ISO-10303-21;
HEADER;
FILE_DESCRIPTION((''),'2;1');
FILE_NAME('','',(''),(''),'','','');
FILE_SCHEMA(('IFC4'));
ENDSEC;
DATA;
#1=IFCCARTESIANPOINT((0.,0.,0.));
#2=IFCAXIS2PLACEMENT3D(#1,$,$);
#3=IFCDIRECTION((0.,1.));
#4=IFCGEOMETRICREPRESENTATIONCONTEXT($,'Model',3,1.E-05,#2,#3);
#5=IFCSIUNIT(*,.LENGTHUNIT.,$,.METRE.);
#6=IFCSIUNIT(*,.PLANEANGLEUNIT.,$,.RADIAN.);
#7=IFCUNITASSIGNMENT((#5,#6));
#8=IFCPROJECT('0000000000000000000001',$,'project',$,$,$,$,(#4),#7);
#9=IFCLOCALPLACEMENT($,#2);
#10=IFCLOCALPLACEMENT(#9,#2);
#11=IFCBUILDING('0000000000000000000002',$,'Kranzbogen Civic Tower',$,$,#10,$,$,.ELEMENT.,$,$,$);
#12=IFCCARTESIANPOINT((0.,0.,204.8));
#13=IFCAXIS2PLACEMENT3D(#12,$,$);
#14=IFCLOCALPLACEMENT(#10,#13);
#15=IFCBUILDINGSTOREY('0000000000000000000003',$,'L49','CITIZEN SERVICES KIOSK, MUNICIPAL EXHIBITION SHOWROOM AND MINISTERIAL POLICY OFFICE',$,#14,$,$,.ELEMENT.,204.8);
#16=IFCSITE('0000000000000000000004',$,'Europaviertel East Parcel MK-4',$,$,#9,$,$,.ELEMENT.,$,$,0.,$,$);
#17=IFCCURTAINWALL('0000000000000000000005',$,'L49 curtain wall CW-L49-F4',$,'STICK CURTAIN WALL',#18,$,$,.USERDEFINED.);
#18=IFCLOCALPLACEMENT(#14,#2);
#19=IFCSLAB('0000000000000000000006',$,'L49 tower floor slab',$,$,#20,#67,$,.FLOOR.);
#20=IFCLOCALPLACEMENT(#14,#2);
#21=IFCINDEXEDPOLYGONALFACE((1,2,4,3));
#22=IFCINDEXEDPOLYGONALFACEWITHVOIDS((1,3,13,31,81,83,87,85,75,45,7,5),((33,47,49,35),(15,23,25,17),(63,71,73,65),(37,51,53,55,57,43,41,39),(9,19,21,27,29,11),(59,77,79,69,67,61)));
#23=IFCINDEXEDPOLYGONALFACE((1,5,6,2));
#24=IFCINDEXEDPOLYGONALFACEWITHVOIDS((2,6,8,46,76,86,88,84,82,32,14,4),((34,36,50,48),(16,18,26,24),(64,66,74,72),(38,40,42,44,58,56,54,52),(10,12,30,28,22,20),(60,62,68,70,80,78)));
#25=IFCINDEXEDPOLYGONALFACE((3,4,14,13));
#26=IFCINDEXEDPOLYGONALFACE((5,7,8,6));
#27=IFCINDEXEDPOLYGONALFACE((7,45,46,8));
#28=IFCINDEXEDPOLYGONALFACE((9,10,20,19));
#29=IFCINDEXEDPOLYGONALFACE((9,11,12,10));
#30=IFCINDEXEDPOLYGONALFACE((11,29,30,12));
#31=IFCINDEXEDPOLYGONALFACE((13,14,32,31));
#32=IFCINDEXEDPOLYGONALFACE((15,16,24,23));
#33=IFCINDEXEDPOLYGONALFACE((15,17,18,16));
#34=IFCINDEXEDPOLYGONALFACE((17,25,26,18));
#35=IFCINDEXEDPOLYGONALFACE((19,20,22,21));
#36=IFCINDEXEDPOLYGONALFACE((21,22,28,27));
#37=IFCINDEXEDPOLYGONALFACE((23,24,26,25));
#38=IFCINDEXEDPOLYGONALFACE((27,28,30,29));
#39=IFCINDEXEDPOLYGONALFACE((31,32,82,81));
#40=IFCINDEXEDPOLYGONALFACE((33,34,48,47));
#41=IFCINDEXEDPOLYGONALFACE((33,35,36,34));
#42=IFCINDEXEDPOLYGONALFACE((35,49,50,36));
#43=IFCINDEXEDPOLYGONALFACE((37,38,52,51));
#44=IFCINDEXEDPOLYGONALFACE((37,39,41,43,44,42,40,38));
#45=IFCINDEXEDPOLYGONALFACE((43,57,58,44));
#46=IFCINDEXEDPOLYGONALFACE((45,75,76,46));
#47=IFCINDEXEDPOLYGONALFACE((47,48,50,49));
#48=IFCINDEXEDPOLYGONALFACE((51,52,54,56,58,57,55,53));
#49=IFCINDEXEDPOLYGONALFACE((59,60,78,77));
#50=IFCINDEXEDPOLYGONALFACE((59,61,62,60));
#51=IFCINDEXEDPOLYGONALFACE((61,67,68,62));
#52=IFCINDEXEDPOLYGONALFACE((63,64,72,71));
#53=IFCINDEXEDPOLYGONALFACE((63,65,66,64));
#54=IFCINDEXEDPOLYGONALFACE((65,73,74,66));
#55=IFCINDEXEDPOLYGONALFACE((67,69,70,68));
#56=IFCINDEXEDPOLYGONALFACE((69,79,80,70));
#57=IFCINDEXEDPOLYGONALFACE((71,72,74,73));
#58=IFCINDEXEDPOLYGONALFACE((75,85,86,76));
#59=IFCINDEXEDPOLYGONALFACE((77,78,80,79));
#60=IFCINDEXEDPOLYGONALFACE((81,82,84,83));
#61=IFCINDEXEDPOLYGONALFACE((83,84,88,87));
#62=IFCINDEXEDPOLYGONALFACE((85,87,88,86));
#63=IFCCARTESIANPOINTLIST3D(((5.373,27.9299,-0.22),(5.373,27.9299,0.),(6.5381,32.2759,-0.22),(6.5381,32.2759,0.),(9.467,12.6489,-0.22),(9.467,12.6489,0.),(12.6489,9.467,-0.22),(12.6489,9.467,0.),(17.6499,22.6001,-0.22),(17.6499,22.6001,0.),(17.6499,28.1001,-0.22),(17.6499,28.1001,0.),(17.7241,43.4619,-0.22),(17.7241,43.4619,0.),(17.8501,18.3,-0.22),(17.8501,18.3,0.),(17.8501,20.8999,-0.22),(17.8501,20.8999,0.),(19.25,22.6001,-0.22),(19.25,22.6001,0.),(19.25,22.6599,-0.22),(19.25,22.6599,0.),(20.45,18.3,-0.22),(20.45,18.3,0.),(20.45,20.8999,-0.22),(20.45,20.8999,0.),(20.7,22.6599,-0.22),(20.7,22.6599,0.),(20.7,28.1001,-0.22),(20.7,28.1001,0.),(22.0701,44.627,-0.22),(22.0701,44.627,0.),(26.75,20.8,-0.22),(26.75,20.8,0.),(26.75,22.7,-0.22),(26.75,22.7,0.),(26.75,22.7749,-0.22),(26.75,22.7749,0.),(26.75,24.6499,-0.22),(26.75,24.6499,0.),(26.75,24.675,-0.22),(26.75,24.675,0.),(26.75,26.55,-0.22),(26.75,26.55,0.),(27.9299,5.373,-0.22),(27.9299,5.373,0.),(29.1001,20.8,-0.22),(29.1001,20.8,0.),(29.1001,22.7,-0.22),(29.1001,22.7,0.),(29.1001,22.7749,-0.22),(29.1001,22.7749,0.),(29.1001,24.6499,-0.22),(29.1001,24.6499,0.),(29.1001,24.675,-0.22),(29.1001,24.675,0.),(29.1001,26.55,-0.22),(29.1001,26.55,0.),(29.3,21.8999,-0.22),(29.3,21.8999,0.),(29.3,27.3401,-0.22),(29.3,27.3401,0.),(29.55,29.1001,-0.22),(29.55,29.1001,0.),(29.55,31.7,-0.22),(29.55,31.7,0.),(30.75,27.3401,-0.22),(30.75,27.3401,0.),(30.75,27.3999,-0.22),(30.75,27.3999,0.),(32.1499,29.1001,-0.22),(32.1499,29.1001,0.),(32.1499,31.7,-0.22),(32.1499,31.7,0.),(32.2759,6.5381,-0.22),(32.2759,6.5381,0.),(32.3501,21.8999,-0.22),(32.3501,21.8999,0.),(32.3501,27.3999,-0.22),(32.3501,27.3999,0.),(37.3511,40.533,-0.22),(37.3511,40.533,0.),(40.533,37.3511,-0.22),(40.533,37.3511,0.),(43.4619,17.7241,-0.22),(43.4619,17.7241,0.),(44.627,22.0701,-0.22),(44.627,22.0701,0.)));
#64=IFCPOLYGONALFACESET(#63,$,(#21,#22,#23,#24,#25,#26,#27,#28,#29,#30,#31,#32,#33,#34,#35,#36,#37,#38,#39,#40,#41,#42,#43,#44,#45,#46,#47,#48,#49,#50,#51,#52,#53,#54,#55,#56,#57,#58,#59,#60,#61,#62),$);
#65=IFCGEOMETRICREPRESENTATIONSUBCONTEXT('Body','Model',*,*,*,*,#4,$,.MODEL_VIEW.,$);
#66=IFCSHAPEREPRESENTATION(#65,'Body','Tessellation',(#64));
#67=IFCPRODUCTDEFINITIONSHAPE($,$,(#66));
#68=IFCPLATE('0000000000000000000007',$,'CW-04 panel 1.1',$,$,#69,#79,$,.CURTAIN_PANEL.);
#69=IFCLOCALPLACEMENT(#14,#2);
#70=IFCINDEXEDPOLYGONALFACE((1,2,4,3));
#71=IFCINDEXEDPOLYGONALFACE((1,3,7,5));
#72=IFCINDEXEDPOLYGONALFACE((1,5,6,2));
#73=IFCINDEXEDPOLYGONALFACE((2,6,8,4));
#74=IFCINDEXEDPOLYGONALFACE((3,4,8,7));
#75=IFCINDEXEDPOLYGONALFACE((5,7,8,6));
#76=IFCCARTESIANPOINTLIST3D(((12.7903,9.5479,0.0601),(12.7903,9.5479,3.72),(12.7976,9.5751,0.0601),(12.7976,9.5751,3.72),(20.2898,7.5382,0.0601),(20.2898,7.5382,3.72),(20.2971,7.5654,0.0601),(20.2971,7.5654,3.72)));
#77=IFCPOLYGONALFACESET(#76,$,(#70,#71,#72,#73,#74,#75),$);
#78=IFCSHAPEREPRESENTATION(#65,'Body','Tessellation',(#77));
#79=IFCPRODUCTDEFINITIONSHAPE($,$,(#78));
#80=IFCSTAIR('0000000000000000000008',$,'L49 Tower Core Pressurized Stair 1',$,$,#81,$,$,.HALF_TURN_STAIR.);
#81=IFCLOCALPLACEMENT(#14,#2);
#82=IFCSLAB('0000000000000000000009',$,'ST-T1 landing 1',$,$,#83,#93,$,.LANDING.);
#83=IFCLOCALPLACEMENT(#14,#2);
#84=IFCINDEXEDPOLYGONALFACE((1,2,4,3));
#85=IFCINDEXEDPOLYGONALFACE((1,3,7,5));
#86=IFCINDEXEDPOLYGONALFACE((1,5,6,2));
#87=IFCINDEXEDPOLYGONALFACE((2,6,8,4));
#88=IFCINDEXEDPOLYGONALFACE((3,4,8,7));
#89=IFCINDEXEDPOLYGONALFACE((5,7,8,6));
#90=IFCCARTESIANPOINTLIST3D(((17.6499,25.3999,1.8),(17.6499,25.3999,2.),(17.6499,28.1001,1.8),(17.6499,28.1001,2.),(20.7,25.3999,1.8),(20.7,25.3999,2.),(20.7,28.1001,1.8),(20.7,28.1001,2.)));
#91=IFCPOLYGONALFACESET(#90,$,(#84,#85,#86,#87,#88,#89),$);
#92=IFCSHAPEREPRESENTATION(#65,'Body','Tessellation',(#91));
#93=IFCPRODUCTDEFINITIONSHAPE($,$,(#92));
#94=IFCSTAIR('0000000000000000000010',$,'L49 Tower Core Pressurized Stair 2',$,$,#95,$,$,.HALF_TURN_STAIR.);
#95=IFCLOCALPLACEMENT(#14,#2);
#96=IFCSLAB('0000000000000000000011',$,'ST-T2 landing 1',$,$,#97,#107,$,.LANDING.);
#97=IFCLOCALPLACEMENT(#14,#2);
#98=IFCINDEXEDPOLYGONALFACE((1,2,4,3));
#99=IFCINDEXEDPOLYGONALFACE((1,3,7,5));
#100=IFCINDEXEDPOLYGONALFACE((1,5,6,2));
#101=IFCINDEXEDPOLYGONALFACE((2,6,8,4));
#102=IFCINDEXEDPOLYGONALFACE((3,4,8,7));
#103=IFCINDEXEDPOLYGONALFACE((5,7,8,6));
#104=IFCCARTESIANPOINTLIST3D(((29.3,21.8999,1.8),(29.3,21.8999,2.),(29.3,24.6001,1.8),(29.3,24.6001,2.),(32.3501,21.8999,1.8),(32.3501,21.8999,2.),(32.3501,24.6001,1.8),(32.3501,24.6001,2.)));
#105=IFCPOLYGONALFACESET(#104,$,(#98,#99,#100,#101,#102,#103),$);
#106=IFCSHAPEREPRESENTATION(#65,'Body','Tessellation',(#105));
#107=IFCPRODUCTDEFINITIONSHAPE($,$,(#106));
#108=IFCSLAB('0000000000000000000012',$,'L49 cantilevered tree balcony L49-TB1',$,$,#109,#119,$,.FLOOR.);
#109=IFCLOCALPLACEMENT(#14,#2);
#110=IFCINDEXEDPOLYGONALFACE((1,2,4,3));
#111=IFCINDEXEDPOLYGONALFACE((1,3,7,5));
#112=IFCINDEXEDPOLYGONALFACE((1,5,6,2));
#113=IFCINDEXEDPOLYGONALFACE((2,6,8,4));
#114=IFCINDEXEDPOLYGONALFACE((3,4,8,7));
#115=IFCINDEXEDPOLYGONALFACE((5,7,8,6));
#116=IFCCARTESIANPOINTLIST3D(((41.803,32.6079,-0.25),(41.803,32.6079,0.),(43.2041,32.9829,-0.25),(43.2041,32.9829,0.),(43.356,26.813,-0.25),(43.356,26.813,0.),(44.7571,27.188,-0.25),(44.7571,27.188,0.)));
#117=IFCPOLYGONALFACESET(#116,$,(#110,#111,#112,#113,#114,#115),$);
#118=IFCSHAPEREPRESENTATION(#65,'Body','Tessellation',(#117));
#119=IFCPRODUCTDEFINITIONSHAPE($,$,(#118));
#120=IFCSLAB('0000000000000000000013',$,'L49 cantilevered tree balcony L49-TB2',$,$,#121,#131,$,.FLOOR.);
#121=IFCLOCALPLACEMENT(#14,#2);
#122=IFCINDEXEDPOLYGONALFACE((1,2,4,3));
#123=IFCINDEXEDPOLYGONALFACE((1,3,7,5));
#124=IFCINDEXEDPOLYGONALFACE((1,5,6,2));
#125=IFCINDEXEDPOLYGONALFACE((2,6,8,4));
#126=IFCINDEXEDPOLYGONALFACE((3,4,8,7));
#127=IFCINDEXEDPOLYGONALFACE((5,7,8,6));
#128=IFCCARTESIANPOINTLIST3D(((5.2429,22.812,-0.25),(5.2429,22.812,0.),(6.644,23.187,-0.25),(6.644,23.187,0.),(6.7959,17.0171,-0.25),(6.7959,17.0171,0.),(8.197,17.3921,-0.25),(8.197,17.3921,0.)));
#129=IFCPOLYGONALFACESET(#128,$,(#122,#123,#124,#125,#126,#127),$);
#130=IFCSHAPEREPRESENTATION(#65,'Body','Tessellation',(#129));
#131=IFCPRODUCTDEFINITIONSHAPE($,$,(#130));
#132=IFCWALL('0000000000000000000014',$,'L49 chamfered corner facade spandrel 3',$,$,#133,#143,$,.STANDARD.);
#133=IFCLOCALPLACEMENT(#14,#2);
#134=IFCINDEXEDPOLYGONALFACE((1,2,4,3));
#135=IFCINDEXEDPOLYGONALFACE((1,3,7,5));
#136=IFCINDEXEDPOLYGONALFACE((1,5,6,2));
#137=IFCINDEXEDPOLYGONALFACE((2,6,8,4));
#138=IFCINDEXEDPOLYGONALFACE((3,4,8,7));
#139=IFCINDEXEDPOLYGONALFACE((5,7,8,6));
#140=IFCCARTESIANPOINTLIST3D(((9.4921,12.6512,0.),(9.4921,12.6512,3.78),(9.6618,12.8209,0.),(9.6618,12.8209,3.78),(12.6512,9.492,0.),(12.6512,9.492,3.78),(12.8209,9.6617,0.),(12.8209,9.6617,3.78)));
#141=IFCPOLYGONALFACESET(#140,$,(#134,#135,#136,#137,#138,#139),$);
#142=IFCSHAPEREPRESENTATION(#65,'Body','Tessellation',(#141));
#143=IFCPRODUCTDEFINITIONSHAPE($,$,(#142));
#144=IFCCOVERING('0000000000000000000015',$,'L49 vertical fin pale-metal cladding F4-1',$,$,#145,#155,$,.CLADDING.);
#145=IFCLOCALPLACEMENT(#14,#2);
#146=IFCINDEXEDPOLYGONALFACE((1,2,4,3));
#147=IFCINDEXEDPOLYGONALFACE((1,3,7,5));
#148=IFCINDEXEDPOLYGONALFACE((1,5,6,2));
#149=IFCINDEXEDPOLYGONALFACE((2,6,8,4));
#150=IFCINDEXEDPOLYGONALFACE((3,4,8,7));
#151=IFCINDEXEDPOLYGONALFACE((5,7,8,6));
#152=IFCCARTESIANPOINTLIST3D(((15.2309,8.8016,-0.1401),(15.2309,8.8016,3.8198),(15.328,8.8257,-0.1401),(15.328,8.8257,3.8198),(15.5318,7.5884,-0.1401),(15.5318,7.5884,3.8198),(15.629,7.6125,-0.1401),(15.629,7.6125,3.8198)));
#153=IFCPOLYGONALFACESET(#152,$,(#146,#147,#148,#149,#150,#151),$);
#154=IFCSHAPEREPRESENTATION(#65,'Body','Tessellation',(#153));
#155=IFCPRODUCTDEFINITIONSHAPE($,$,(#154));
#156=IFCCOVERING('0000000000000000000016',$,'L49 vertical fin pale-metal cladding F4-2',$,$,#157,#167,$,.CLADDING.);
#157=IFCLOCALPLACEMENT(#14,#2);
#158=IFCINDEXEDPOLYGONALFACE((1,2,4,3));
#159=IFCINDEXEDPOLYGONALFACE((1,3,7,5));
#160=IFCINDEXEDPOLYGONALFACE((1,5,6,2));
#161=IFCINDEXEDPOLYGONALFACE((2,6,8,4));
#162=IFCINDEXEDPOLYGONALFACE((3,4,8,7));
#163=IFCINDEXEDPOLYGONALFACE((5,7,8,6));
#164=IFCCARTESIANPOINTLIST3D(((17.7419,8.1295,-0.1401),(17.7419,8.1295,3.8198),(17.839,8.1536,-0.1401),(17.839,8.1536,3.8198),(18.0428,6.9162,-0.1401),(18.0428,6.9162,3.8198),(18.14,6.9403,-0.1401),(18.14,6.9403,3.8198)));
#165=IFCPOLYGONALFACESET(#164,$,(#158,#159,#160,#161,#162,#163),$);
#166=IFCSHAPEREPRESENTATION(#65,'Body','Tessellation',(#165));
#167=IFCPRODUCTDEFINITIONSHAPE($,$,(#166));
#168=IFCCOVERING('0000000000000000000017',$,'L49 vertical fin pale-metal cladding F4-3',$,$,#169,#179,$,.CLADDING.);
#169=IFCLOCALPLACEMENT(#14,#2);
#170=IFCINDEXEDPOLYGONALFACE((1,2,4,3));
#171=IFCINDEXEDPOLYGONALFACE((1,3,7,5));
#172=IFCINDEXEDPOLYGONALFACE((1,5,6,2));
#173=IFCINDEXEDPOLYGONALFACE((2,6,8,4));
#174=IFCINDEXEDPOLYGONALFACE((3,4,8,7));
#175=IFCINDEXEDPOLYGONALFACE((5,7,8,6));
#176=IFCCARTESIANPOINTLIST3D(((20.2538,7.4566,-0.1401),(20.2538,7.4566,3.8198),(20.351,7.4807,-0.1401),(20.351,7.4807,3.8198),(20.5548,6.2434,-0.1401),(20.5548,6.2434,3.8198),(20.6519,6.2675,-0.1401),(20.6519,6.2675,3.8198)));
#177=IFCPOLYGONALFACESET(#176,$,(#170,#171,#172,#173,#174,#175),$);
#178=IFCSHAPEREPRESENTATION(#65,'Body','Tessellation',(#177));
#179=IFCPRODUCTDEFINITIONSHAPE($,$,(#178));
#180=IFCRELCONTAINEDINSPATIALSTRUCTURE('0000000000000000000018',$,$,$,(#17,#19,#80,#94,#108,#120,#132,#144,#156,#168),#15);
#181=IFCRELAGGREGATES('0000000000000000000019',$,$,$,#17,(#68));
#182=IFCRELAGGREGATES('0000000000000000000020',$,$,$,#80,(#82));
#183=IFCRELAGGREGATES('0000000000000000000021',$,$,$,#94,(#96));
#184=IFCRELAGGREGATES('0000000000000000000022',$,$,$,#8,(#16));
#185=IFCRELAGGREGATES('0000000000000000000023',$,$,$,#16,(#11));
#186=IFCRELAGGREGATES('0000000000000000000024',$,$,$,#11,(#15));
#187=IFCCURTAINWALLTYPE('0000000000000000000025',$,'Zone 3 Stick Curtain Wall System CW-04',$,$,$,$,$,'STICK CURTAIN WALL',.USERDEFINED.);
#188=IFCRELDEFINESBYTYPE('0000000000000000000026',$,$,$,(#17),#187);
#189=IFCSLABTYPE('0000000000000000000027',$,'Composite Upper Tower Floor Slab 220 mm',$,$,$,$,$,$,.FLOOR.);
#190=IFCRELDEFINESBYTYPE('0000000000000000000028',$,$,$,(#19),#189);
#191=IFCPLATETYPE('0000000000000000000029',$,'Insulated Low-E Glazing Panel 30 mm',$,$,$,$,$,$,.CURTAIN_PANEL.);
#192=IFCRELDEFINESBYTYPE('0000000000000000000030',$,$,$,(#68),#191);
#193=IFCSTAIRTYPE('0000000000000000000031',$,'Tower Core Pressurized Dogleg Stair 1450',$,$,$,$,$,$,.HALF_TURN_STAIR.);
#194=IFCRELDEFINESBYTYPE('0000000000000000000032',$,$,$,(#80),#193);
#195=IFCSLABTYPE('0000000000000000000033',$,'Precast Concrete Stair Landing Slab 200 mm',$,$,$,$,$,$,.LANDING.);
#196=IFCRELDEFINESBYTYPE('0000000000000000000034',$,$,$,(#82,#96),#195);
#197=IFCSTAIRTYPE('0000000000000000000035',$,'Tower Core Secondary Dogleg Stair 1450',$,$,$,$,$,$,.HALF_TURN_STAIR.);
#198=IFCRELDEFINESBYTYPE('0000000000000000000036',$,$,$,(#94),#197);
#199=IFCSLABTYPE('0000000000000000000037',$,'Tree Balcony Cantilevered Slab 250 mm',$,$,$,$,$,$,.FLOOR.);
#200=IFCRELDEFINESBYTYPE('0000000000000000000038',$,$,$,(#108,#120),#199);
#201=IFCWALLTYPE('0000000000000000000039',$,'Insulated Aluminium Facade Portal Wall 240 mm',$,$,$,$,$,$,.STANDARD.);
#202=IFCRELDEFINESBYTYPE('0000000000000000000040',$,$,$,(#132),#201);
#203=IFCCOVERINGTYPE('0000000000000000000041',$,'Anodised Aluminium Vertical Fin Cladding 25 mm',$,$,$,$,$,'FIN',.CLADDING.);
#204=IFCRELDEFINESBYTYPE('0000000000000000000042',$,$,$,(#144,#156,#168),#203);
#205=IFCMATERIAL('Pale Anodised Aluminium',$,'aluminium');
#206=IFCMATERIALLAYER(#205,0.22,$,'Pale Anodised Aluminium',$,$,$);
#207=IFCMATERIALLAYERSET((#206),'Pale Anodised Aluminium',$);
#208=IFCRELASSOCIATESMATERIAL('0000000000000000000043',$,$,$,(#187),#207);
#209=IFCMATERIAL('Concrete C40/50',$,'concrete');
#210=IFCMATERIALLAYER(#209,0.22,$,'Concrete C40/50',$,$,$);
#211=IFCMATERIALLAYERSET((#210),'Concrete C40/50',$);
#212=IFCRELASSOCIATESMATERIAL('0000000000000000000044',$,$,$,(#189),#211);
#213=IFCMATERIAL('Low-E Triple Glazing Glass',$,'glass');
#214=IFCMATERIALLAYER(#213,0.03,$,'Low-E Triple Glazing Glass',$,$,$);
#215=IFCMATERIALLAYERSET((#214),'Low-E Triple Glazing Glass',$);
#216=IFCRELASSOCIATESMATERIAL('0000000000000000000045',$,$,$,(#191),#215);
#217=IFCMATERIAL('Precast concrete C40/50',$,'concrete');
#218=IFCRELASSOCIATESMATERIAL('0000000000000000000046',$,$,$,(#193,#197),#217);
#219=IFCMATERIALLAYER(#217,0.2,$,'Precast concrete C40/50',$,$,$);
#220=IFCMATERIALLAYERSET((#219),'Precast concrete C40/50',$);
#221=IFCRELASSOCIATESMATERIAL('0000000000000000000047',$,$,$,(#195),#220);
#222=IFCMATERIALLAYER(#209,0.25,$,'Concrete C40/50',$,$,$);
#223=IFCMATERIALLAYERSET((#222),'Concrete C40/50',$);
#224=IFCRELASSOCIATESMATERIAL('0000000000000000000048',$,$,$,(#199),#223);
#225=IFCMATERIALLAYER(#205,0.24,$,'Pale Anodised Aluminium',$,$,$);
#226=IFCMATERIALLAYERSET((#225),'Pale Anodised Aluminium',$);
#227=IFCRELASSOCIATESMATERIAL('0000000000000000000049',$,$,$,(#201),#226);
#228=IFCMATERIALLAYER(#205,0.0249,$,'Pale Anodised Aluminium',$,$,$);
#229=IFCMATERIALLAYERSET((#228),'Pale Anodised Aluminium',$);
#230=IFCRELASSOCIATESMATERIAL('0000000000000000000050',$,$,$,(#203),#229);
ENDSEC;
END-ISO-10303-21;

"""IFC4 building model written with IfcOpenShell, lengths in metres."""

from ifc_helpers import new_model, si_unit, direction, frame, frame_2d, origin, origin_2d, place, context, subcontext, project, spatial, polyline, rectangle, outline, extrude, material, layer, layer_set, type_object, element, aggregate, save


model = new_model("IFC4")

# Units and contexts
model_context = context("Model", 3, precision=1e-05, world=origin(), true_north=direction((0.0, 1.0)))
body_context = subcontext(model_context, "Body", "Model", "MODEL_VIEW")
ifc_project = project(units=[si_unit("LENGTHUNIT", "METRE"), si_unit("PLANEANGLEUNIT", "RADIAN")], contexts=[model_context])

# Site, building, storey
site_placement = place(None, origin())
site = spatial("IfcSite", under=ifc_project, at=site_placement, Name="Europaviertel East Parcel MK-4", CompositionType="ELEMENT", RefElevation=0.0)
building_placement = place(site_placement, origin())
building = spatial("IfcBuilding", under=site, at=building_placement, Name="Kranzbogen Civic Tower", CompositionType="ELEMENT")
storey_placement = place(building_placement, frame((0.0, 0.0, 204.8)))
storey = spatial("IfcBuildingStorey", under=building, at=storey_placement, Name="L49", Description="CITIZEN SERVICES KIOSK, MUNICIPAL EXHIBITION SHOWROOM AND MINISTERIAL POLICY OFFICE", CompositionType="ELEMENT", Elevation=204.8)

# Shared definitions
ifc_material_1 = material(Name="Pale Anodised Aluminium", Category="aluminium")
ifc_layer_1 = layer(ifc_material_1, 0.22, Name="Pale Anodised Aluminium")
ifc_layer_set_1 = layer_set([ifc_layer_1], Name="Pale Anodised Aluminium")
curtain_wall_type = type_object("IfcCurtainWallType", Name="Zone 3 Stick Curtain Wall System CW-04", ElementType="STICK CURTAIN WALL", PredefinedType="USERDEFINED", material=ifc_layer_set_1)

# Curtain wall
curtain_wall_1_placement = place(storey_placement, origin())
curtain_wall_1 = element("IfcCurtainWall", 1, at=curtain_wall_1_placement, inside=storey, type_object=curtain_wall_type, Name="L49 curtain wall CW-L49-F4", ObjectType="STICK CURTAIN WALL", PredefinedType="USERDEFINED")

# Slab
ifc_material_2 = material(Name="Concrete C40/50", Category="concrete")
ifc_layer_2 = layer(ifc_material_2, 0.22, Name="Concrete C40/50")
ifc_layer_set_2 = layer_set([ifc_layer_2], Name="Concrete C40/50")
slab_type_1 = type_object("IfcSlabType", Name="Composite Upper Tower Floor Slab 220 mm", PredefinedType="FLOOR", material=ifc_layer_set_2)
slab_1_placement = place(storey_placement, frame((0.0, 0.0, -0.22)))
element("IfcSlab", 2, at=slab_1_placement, inside=storey, type_object=slab_type_1, Name="L49 tower floor slab", PredefinedType="FLOOR", context=body_context, shape_type="SweptSolid", body=[
    extrude(outline(polyline([(37.3511, 40.533), (22.0701, 44.627), (17.7241, 43.4619), (6.5381, 32.2759), (5.373, 27.9299), (9.467, 12.6489), (12.6489, 9.467), (27.9299, 5.373), (32.2759, 6.5381), (43.4619, 17.7241), (44.627, 22.0701), (40.533, 37.3511), (37.3511, 40.533)]), holes=[polyline([(17.8501, 20.8999), (20.45, 20.8999), (20.45, 18.3), (17.8501, 18.3), (17.8501, 20.8999)]), polyline([(29.1001, 22.7), (29.1001, 20.8), (26.75, 20.8), (26.75, 22.7), (29.1001, 22.7)]), polyline([(29.1001, 24.6499), (29.1001, 22.7749), (26.75, 22.7749), (26.75, 24.6499), (26.75, 24.675), (26.75, 26.55), (29.1001, 26.55), (29.1001, 24.675), (29.1001, 24.6499)]), polyline([(29.3, 27.3401), (30.75, 27.3401), (30.75, 27.3999), (32.3501, 27.3999), (32.3501, 21.8999), (29.3, 21.8999), (29.3, 27.3401)]), polyline([(20.7, 22.6599), (19.25, 22.6599), (19.25, 22.6001), (17.6499, 22.6001), (17.6499, 28.1001), (20.7, 28.1001), (20.7, 22.6599)]), polyline([(32.1499, 31.7), (32.1499, 29.1001), (29.55, 29.1001), (29.55, 31.7), (32.1499, 31.7)])]), origin(), (0.0, 0.0, 1.0), 0.22),
])

# Plate
ifc_material_3 = material(Name="Low-E Triple Glazing Glass", Category="glass")
ifc_layer_3 = layer(ifc_material_3, 0.03, Name="Low-E Triple Glazing Glass")
ifc_layer_set_3 = layer_set([ifc_layer_3], Name="Low-E Triple Glazing Glass")
plate_type = type_object("IfcPlateType", Name="Insulated Low-E Glazing Panel 30 mm", PredefinedType="CURTAIN_PANEL", material=ifc_layer_set_3)
plate_placement = place(storey_placement, frame((16.5437, 8.5566, 0.0601), z_axis=(0.0, 0.0, 1.0), x_axis=(0.965919, -0.258843, 0.0)))
plate = element("IfcPlate", 3, at=plate_placement, type_object=plate_type, Name="CW-04 panel 1.1", PredefinedType="CURTAIN_PANEL", context=body_context, shape_type="SweptSolid", body=[
    extrude(rectangle(XDim=7.7642, YDim=0.0281, at=origin_2d()), origin(), (0.0, 0.0, 1.0), 3.6599),
])
aggregate(curtain_wall_1, [plate])

# Stairs, slabs
ifc_material_4 = material(Name="Precast concrete C40/50", Category="concrete")
stair_type_1 = type_object("IfcStairType", Name="Tower Core Pressurized Dogleg Stair 1450", PredefinedType="HALF_TURN_STAIR", material=ifc_material_4)
stair_1_placement = place(storey_placement, origin())
stair_1 = element("IfcStair", 4, at=stair_1_placement, inside=storey, type_object=stair_type_1, Name="L49 Tower Core Pressurized Stair 1", PredefinedType="HALF_TURN_STAIR")
ifc_layer_4 = layer(ifc_material_4, 0.2, Name="Precast concrete C40/50")
ifc_layer_set_4 = layer_set([ifc_layer_4], Name="Precast concrete C40/50")
slab_type_2 = type_object("IfcSlabType", Name="Precast Concrete Stair Landing Slab 200 mm", PredefinedType="LANDING", material=ifc_layer_set_4)
slab_2_placement = place(storey_placement, frame((0.0, 0.0, 1.8)))
slab_2 = element("IfcSlab", 5, at=slab_2_placement, type_object=slab_type_2, Name="ST-T1 landing 1", PredefinedType="LANDING", context=body_context, shape_type="SweptSolid", body=[
    extrude(outline(polyline([(20.7, 25.3999), (20.7, 28.1001), (17.6499, 28.1001), (17.6499, 25.3999), (20.7, 25.3999)])), origin(), (0.0, 0.0, 1.0), 0.2),
])
aggregate(stair_1, [slab_2])
stair_type_2 = type_object("IfcStairType", Name="Tower Core Secondary Dogleg Stair 1450", PredefinedType="HALF_TURN_STAIR", material=ifc_material_4)
stair_2_placement = place(storey_placement, origin())
stair_2 = element("IfcStair", 6, at=stair_2_placement, inside=storey, type_object=stair_type_2, Name="L49 Tower Core Pressurized Stair 2", PredefinedType="HALF_TURN_STAIR")
slab_3_placement = place(storey_placement, frame((0.0, 0.0, 1.8)))
slab_3 = element("IfcSlab", 7, at=slab_3_placement, type_object=slab_type_2, Name="ST-T2 landing 1", PredefinedType="LANDING", context=body_context, shape_type="SweptSolid", body=[
    extrude(outline(polyline([(29.3, 24.6001), (29.3, 21.8999), (32.3501, 21.8999), (32.3501, 24.6001), (29.3, 24.6001)])), origin(), (0.0, 0.0, 1.0), 0.2),
])
aggregate(stair_2, [slab_3])

# Slabs
ifc_layer_5 = layer(ifc_material_2, 0.25, Name="Concrete C40/50")
ifc_layer_set_5 = layer_set([ifc_layer_5], Name="Concrete C40/50")
slab_type_3 = type_object("IfcSlabType", Name="Tree Balcony Cantilevered Slab 250 mm", PredefinedType="FLOOR", material=ifc_layer_set_5)
slab_4_placement = place(storey_placement, frame((0.0, 0.0, -0.25)))
element("IfcSlab", 8, at=slab_4_placement, inside=storey, type_object=slab_type_3, Name="L49 cantilevered tree balcony L49-TB1", PredefinedType="FLOOR", context=body_context, shape_type="SweptSolid", body=[
    extrude(outline(polyline([(43.356, 26.813), (41.803, 32.6079), (43.2041, 32.9829), (44.7571, 27.188), (43.356, 26.813)])), origin(), (0.0, 0.0, 1.0), 0.25),
])
slab_5_placement = place(storey_placement, frame((0.0, 0.0, -0.25)))
element("IfcSlab", 9, at=slab_5_placement, inside=storey, type_object=slab_type_3, Name="L49 cantilevered tree balcony L49-TB2", PredefinedType="FLOOR", context=body_context, shape_type="SweptSolid", body=[
    extrude(outline(polyline([(6.644, 23.187), (8.197, 17.3921), (6.7959, 17.0171), (5.2429, 22.812), (6.644, 23.187)])), origin(), (0.0, 0.0, 1.0), 0.25),
])

# Wall
ifc_layer_6 = layer(ifc_material_1, 0.24, Name="Pale Anodised Aluminium")
ifc_layer_set_6 = layer_set([ifc_layer_6], Name="Pale Anodised Aluminium")
wall_type = type_object("IfcWallType", Name="Insulated Aluminium Facade Portal Wall 240 mm", PredefinedType="STANDARD", material=ifc_layer_set_6)
wall_placement = place(storey_placement, frame((9.5769, 12.7361, 0.0), z_axis=(0.0, 0.0, 1.0), x_axis=(0.707107, -0.707107, 0.0)))
element("IfcWall", 10, at=wall_placement, inside=storey, type_object=wall_type, Name="L49 chamfered corner facade spandrel 3", PredefinedType="STANDARD", context=body_context, shape_type="SweptSolid", body=[
    extrude(rectangle(XDim=4.4678, YDim=0.24, at=frame_2d((2.2339, 0.0))), origin(), (0.0, 0.0, 1.0), 3.78),
])

# Coverings
ifc_layer_7 = layer(ifc_material_1, 0.0249, Name="Pale Anodised Aluminium")
ifc_layer_set_7 = layer_set([ifc_layer_7], Name="Pale Anodised Aluminium")
covering_type_1 = type_object("IfcCoveringType", Name="Anodised Aluminium Vertical Fin Cladding 25 mm", ElementType="FIN", PredefinedType="CLADDING", material=ifc_layer_set_7)
for number, where, z_axis, x_axis, name in (
    (11, (15.4299, 8.207, -0.1401), (0.0, 0.0, 1.0), (0.24077, -0.970582, 0.0), "L49 vertical fin pale-metal cladding F4-1"),
    (12, (17.9409, 7.5349, -0.1401), (0.0, 0.0, 1.0), (0.24077, -0.970582, 0.0), "L49 vertical fin pale-metal cladding F4-2"),
    (13, (20.4529, 6.8621, -0.1401), (0.0, 0.0, 1.0), (0.24077, -0.970582, 0.0), "L49 vertical fin pale-metal cladding F4-3"),
):
    element("IfcCovering", number, at=place(storey_placement, frame(where, z_axis=z_axis, x_axis=x_axis)), inside=storey, type_object=covering_type_1, Name=name, PredefinedType="CLADDING", context=body_context, shape_type="SweptSolid", body=[
        extrude(rectangle(XDim=1.25, YDim=0.1001, at=origin_2d()), origin(), (0.0, 0.0, 1.0), 3.96),
    ])

save(model, "model.ifc")
